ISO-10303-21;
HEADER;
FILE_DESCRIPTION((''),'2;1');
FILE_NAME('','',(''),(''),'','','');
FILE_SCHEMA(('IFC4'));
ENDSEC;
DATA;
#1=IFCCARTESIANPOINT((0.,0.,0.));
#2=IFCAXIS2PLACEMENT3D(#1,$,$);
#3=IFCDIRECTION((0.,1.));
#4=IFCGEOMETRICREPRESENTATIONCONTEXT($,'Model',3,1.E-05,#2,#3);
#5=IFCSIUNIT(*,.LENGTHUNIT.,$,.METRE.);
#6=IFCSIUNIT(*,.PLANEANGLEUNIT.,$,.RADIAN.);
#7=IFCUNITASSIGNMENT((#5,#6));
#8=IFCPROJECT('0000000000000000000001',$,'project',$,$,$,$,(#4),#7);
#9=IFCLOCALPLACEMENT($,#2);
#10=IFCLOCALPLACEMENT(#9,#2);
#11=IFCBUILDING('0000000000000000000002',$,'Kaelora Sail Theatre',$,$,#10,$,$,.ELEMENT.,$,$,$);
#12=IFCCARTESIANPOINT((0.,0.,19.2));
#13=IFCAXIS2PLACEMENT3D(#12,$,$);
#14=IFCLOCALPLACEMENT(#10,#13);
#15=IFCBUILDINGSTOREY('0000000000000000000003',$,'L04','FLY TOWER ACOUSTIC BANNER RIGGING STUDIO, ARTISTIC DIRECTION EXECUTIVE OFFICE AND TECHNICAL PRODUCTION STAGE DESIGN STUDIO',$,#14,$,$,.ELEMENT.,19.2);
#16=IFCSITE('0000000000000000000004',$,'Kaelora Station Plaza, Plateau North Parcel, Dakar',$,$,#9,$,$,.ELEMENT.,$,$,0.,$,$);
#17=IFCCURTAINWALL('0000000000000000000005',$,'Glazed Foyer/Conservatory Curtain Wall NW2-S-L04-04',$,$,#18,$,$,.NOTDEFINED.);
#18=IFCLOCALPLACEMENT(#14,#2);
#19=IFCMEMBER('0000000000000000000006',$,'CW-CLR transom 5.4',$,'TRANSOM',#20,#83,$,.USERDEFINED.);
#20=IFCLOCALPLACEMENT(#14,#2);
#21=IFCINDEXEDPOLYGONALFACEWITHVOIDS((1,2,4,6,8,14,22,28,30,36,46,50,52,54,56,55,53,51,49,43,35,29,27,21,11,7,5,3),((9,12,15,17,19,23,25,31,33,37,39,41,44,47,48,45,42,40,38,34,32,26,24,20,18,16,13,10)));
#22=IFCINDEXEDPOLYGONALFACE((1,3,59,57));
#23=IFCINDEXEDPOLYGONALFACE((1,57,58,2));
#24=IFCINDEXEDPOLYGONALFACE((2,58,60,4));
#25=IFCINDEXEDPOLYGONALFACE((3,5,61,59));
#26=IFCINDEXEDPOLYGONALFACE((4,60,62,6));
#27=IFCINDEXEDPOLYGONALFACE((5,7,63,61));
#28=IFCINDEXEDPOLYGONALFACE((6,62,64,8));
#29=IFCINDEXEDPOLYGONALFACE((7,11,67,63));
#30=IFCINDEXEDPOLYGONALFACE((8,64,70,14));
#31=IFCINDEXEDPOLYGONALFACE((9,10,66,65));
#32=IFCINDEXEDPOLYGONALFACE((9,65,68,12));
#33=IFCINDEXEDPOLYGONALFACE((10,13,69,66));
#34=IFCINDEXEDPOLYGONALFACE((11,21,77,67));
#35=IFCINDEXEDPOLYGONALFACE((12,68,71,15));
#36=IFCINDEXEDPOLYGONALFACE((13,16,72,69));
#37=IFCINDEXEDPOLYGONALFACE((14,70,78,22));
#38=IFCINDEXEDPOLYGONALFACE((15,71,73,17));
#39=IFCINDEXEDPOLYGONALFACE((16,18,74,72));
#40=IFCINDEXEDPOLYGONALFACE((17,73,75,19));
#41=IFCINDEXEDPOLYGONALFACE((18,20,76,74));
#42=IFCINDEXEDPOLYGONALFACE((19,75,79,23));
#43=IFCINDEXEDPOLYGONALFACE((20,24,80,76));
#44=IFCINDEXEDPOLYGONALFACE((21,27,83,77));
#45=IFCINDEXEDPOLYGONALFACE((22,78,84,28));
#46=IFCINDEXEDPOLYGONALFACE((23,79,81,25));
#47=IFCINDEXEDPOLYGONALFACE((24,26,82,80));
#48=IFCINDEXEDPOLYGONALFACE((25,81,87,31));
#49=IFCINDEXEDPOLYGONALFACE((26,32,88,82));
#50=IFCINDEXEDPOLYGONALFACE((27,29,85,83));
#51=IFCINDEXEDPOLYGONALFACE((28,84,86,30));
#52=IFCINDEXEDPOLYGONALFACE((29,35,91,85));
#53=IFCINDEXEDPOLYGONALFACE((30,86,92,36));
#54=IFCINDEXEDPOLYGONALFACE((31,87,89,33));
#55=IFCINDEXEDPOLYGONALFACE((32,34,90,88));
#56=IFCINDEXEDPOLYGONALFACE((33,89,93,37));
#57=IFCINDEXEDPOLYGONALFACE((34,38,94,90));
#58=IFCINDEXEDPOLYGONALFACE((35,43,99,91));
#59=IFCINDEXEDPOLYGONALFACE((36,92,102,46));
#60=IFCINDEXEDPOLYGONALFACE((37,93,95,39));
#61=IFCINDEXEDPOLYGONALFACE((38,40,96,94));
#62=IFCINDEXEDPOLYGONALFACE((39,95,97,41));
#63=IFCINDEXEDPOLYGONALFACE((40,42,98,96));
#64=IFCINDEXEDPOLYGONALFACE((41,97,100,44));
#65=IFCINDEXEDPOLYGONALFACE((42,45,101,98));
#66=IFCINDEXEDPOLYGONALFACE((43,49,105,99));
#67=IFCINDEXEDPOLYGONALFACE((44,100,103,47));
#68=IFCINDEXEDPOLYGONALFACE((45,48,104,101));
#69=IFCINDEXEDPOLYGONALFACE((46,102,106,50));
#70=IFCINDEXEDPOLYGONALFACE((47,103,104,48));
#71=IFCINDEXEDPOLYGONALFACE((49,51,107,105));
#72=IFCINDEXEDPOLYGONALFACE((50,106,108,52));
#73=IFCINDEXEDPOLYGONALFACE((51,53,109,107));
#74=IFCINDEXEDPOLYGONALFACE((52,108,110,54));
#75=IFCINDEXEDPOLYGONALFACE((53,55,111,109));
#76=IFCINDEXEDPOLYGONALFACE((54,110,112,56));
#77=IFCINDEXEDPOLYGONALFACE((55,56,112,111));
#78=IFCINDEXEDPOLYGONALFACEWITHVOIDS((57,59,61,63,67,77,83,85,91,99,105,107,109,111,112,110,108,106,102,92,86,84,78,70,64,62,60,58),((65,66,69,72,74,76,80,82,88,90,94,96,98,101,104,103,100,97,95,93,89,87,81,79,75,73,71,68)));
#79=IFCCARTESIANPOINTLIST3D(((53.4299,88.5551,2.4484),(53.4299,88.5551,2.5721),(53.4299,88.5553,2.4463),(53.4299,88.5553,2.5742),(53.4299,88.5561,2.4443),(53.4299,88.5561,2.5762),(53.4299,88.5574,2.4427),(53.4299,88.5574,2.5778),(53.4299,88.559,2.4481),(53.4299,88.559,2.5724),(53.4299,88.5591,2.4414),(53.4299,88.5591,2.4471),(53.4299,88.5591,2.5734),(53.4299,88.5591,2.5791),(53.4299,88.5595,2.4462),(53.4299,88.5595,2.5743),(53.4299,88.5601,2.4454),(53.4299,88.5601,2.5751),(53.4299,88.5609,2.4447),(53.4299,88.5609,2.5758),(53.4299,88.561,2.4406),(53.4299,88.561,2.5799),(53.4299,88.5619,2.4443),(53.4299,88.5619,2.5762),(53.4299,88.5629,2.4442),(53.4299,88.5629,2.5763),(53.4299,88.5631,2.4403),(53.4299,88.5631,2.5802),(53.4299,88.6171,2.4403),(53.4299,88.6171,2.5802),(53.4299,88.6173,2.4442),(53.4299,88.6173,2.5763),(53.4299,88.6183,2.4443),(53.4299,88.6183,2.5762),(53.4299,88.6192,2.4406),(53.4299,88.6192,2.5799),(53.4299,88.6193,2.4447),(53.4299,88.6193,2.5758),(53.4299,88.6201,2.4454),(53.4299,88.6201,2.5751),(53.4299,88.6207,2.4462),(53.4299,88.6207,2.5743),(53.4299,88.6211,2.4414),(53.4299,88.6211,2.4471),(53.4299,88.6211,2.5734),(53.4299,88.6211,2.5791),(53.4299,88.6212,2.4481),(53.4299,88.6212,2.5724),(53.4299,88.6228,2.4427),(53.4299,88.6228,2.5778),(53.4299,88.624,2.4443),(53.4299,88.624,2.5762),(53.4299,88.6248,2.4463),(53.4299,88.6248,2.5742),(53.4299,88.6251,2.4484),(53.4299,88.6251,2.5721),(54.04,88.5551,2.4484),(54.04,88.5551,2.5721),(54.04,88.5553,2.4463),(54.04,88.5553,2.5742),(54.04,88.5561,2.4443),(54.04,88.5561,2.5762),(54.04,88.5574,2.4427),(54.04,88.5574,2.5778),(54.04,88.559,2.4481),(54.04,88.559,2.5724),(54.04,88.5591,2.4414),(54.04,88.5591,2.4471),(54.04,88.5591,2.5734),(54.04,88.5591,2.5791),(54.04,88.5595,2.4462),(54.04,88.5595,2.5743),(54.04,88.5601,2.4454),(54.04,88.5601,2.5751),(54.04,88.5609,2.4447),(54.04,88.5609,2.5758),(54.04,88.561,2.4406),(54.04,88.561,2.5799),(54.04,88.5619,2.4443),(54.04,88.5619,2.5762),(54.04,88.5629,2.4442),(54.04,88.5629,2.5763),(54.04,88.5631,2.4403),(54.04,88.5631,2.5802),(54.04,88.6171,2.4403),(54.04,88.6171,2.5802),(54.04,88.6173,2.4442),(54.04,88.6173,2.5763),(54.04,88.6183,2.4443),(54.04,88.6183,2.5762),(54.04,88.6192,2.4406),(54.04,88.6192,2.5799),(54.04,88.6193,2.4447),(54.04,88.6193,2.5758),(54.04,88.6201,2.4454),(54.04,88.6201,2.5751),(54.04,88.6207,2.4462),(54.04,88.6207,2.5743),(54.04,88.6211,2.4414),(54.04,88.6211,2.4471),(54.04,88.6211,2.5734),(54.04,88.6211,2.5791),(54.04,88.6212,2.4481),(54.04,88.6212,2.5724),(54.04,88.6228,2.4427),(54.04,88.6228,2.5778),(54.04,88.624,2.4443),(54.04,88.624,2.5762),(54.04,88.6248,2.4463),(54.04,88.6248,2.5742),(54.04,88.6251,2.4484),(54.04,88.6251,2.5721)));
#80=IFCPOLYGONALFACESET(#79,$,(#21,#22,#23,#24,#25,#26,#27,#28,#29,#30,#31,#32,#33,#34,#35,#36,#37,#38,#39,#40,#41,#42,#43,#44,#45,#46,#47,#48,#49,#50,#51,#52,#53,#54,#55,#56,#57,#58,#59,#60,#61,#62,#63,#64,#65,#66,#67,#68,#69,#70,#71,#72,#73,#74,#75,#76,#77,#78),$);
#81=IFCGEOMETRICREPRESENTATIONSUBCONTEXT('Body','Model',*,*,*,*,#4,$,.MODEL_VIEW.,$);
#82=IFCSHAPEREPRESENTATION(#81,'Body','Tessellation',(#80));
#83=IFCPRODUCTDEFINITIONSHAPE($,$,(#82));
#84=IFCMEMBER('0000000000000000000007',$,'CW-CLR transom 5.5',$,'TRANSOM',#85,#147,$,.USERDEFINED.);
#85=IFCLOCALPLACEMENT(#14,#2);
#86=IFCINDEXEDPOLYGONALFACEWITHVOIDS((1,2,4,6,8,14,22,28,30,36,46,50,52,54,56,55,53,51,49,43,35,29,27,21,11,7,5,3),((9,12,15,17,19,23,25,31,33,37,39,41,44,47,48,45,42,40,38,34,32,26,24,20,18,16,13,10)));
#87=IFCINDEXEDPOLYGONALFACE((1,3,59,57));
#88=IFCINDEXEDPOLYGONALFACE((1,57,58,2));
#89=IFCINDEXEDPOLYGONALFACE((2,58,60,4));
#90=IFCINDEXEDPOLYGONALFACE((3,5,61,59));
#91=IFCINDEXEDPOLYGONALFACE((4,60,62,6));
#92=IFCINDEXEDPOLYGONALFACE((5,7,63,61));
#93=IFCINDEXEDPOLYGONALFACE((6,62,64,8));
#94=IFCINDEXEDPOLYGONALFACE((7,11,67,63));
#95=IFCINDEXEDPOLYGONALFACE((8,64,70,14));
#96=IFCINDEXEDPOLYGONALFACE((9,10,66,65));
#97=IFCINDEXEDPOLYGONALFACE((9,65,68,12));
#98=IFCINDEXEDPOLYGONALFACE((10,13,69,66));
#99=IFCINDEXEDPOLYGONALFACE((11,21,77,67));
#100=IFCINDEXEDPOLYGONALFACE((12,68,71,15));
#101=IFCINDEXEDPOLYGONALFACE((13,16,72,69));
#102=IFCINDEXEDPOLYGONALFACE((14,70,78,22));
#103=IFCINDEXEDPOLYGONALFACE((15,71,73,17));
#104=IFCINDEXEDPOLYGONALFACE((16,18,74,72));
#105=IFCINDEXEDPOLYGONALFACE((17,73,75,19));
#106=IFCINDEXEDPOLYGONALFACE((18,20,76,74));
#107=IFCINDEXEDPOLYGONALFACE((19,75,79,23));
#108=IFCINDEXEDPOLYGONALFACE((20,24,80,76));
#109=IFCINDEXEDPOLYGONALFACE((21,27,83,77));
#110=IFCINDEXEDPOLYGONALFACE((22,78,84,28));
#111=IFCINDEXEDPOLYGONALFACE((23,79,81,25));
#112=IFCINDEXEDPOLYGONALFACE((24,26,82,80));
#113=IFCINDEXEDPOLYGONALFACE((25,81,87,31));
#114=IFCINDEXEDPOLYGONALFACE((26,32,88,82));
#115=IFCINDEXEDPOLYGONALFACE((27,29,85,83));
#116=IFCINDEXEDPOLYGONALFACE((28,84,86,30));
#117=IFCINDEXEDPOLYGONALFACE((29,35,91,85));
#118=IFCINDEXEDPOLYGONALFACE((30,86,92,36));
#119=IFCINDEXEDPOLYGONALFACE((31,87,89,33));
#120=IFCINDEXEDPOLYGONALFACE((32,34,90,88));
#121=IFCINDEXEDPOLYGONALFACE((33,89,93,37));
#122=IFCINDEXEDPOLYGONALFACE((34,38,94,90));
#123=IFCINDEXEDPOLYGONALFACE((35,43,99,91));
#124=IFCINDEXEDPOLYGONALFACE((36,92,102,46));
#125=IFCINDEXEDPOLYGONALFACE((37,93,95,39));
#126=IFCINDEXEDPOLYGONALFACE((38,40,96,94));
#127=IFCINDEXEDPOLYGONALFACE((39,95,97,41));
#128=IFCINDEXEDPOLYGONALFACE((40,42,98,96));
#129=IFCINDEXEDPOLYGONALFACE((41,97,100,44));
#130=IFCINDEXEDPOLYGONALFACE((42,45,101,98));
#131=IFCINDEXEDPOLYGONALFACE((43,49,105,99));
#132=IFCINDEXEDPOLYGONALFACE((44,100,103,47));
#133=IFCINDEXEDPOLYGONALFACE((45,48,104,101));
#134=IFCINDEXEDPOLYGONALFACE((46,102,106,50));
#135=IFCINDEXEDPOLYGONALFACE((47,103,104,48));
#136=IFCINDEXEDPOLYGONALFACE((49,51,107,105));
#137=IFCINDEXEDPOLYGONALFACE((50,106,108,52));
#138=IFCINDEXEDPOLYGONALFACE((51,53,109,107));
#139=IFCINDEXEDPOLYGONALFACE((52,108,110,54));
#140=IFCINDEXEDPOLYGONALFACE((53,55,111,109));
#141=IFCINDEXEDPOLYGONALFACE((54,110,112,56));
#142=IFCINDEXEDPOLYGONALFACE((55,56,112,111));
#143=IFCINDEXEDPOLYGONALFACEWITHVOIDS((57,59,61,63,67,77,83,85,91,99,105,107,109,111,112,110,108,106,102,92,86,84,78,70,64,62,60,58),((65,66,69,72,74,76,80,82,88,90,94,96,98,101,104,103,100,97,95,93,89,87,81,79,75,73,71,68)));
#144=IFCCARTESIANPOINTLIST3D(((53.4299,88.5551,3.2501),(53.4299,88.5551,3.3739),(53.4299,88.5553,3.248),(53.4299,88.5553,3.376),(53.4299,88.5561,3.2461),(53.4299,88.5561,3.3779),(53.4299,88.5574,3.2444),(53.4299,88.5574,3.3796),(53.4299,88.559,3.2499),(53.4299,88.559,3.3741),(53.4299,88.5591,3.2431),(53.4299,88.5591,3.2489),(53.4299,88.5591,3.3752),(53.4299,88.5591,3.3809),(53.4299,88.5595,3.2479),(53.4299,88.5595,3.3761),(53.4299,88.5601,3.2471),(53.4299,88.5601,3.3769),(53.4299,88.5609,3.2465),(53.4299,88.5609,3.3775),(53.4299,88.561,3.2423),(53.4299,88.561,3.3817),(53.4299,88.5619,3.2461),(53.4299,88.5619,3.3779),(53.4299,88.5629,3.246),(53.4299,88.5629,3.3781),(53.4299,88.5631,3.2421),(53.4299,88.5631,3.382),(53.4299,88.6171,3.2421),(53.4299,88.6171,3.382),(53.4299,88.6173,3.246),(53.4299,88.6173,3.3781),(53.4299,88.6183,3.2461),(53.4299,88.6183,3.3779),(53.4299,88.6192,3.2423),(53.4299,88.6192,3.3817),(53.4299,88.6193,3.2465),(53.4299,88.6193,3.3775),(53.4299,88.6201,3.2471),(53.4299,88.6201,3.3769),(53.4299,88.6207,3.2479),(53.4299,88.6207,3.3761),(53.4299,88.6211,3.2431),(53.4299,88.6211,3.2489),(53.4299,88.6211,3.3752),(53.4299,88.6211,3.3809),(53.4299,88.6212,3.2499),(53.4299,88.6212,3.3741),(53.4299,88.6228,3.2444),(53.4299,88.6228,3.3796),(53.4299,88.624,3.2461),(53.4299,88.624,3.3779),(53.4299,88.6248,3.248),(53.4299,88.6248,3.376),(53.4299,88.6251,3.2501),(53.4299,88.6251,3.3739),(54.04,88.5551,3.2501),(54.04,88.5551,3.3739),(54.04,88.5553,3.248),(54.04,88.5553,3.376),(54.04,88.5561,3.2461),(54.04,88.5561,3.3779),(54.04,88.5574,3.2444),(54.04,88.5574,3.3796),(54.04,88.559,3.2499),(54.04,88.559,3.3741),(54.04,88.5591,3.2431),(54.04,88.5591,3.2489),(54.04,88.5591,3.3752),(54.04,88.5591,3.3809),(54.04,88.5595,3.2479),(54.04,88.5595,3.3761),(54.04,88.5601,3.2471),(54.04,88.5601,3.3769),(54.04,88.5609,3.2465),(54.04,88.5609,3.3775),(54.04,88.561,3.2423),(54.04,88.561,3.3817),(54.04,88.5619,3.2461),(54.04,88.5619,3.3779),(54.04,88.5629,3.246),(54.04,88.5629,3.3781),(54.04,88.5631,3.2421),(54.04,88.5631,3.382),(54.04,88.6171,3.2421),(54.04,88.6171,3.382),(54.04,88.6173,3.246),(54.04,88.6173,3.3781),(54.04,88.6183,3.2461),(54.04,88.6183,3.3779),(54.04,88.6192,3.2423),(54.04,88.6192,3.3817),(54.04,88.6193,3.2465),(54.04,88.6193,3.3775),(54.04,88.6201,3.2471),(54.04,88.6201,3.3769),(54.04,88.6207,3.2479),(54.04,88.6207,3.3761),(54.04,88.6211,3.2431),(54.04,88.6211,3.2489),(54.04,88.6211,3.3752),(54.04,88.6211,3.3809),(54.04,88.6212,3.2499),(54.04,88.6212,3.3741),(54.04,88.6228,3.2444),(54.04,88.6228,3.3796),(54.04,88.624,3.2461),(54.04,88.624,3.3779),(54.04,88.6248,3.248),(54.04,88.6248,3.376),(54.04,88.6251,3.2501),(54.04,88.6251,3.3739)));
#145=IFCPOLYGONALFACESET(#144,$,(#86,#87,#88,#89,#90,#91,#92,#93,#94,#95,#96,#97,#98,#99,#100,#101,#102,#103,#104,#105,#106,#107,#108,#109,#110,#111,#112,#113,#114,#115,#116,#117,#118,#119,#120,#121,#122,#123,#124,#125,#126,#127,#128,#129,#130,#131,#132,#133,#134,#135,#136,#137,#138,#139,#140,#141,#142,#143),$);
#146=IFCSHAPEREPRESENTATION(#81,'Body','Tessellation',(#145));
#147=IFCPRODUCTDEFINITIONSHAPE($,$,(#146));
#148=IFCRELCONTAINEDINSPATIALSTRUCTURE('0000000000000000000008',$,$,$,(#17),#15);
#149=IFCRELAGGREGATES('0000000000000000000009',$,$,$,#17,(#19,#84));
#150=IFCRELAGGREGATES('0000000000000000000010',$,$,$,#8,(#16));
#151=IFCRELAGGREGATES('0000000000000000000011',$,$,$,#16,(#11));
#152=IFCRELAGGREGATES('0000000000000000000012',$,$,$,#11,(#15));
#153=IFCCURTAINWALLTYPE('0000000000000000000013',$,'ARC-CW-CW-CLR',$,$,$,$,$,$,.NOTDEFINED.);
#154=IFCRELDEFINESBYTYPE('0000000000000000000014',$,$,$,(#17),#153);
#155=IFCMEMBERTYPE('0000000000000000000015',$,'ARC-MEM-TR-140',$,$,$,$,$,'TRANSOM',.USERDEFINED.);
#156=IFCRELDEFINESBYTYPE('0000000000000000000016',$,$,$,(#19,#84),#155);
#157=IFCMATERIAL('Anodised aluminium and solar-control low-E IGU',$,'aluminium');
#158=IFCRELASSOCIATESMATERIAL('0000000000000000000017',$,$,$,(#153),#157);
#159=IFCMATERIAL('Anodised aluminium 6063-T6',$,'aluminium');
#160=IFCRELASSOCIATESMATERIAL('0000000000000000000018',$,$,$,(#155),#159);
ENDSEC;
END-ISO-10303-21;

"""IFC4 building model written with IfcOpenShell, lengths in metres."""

from ifc_helpers import new_model, si_unit, direction, frame, origin, origin_2d, place, context, subcontext, project, spatial, hollow_rectangle, extrude, material, material_profile, profile_set, type_object, element, aggregate, save


model = new_model("IFC4")

# Units and contexts
model_context = context("Model", 3, precision=1e-05, world=origin(), true_north=direction((0.0, 1.0)))
body_context = subcontext(model_context, "Body", "Model", "MODEL_VIEW")
ifc_project = project(units=[si_unit("LENGTHUNIT", "METRE"), si_unit("PLANEANGLEUNIT", "RADIAN")], contexts=[model_context])

# Site, building, storey
site_placement = place(None, origin())
site = spatial("IfcSite", under=ifc_project, at=site_placement, Name="Kaelora Station Plaza, Plateau North Parcel, Dakar", CompositionType="ELEMENT", RefElevation=0.0)
building_placement = place(site_placement, origin())
building = spatial("IfcBuilding", under=site, at=building_placement, Name="Kaelora Sail Theatre", CompositionType="ELEMENT")
storey_placement = place(building_placement, frame((0.0, 0.0, 19.2)))
storey = spatial("IfcBuildingStorey", under=building, at=storey_placement, Name="L04", Description="FLY TOWER ACOUSTIC BANNER RIGGING STUDIO, ARTISTIC DIRECTION EXECUTIVE OFFICE AND TECHNICAL PRODUCTION STAGE DESIGN STUDIO", CompositionType="ELEMENT", Elevation=19.2)

# Curtain wall, members
ifc_material_1 = material(Name="Anodised aluminium and solar-control low-E IGU", Category="aluminium")
curtain_wall_type = type_object("IfcCurtainWallType", Name="ARC-CW-CW-CLR", PredefinedType="NOTDEFINED", material=ifc_material_1)
curtain_wall_1_placement = place(storey_placement, origin())
curtain_wall_1 = element("IfcCurtainWall", 1, at=curtain_wall_1_placement, inside=storey, type_object=curtain_wall_type, Name="Glazed Foyer/Conservatory Curtain Wall NW2-S-L04-04", PredefinedType="NOTDEFINED")
ifc_material_2 = material(Name="Anodised aluminium 6063-T6", Category="aluminium")
ifc_material_profile = material_profile(ifc_material_2, hollow_rectangle(XDim=0.0701, YDim=0.1399, WallThickness=0.0039, InnerFilletRadius=0.0039, OuterFilletRadius=0.0081, at=origin_2d()), Name="ALU-TRAN 70x140x4")
ifc_profile_set = profile_set([ifc_material_profile], Name="Anodised aluminium 6063-T6")
member_type = type_object("IfcMemberType", Name="ARC-MEM-TR-140", ElementType="TRANSOM", PredefinedType="USERDEFINED", material=ifc_profile_set)
member_1_placement = place(storey_placement, frame((53.4299, 88.5901, 2.5103), z_axis=(1.0, 0.0, 0.0), x_axis=(0.0, 1.0, 0.0)))
member_1 = element("IfcMember", 2, at=member_1_placement, type_object=member_type, Name="CW-CLR transom 5.4", ObjectType="TRANSOM", PredefinedType="USERDEFINED", context=body_context, shape_type="SweptSolid", body=[
    extrude(hollow_rectangle(XDim=0.0701, YDim=0.1399, WallThickness=0.0039, InnerFilletRadius=0.0039, OuterFilletRadius=0.0081, at=origin_2d()), origin(), (0.0, 0.0, 1.0), 0.6101),
])
member_2_placement = place(storey_placement, frame((53.4299, 88.5901, 3.312), z_axis=(1.0, 0.0, 0.0), x_axis=(0.0, 1.0, 0.0)))
member_2 = element("IfcMember", 3, at=member_2_placement, type_object=member_type, Name="CW-CLR transom 5.5", ObjectType="TRANSOM", PredefinedType="USERDEFINED", context=body_context, shape_type="SweptSolid", body=[
    extrude(hollow_rectangle(XDim=0.0701, YDim=0.1399, WallThickness=0.0039, InnerFilletRadius=0.0039, OuterFilletRadius=0.0081, at=origin_2d()), origin(), (0.0, 0.0, 1.0), 0.6101),
])

aggregate(curtain_wall_1, [member_1, member_2])

save(model, "model.ifc")
